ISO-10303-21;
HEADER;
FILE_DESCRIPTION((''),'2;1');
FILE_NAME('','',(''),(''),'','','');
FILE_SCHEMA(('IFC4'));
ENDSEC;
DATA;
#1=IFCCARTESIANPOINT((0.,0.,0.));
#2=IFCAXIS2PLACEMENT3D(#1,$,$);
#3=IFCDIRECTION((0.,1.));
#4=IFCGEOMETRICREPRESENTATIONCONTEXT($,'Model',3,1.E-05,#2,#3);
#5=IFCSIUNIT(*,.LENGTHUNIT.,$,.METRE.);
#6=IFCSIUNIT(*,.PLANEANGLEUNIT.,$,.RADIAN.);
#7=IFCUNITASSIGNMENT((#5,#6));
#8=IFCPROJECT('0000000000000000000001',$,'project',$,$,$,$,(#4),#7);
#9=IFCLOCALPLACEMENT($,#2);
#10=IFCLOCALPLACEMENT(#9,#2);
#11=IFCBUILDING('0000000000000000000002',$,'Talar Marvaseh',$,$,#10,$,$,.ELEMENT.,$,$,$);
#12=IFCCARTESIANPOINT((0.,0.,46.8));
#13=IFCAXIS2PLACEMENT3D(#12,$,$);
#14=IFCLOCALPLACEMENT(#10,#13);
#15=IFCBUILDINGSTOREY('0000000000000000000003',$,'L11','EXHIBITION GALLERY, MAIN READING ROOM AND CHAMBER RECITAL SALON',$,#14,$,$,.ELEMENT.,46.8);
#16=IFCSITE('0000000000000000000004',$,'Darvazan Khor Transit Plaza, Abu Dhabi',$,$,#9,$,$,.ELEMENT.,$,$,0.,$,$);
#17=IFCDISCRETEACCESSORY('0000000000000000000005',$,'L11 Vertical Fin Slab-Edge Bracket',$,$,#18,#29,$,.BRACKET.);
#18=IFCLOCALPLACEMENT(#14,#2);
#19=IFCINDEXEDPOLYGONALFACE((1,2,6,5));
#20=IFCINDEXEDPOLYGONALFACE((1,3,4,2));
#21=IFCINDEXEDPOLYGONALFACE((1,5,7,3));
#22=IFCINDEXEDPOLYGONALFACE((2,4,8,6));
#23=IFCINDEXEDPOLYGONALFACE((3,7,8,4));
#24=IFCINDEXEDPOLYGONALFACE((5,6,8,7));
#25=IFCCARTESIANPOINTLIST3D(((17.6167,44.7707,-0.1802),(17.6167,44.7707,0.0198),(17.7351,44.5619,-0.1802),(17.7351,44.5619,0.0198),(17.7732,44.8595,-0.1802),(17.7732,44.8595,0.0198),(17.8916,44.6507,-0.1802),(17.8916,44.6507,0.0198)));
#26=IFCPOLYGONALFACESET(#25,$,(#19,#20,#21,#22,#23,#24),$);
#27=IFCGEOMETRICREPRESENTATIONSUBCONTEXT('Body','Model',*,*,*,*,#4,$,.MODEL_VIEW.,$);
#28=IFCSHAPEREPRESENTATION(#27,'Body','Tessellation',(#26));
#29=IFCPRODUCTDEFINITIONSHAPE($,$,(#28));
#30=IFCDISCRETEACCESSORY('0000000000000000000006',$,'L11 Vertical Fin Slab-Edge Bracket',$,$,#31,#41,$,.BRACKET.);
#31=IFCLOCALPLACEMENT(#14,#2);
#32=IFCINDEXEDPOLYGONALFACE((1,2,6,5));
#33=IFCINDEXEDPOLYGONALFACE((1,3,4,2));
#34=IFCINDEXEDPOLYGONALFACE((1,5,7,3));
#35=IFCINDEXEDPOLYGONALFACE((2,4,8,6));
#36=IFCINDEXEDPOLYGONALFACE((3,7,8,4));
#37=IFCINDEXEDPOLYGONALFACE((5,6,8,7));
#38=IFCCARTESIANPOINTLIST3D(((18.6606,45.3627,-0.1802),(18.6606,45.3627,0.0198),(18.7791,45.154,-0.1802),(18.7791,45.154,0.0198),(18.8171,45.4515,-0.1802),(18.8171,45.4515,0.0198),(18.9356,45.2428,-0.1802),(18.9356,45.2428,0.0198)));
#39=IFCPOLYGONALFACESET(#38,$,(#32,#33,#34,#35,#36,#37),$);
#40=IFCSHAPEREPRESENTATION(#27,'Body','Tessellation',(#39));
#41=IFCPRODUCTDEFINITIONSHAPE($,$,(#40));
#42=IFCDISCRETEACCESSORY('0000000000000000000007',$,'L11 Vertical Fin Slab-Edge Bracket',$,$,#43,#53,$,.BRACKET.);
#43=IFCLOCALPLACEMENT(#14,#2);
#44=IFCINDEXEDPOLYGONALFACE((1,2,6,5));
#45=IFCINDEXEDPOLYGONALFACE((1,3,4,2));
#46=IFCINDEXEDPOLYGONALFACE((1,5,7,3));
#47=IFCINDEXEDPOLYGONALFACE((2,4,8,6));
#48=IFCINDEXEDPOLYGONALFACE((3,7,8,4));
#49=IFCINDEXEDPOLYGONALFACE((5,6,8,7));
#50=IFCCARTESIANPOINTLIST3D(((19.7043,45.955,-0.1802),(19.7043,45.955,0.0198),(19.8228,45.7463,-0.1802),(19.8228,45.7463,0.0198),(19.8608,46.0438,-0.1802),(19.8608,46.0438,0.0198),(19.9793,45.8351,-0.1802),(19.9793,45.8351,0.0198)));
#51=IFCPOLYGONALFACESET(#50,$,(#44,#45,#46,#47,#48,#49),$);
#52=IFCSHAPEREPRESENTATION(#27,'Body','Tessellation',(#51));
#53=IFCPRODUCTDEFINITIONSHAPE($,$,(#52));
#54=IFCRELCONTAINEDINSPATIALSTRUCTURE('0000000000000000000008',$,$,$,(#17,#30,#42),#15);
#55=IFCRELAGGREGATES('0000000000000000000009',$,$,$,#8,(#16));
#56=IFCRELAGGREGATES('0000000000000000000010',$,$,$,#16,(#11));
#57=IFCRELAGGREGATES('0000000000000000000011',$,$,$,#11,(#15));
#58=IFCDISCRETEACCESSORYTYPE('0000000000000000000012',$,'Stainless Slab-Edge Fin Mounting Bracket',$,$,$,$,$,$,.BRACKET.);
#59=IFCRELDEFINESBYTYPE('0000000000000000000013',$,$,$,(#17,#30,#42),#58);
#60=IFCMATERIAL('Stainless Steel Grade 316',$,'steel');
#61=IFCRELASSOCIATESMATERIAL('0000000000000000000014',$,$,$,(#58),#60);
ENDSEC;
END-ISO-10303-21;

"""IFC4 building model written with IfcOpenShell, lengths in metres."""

from ifc_helpers import new_model, si_unit, direction, frame, origin, origin_2d, place, context, subcontext, project, spatial, rectangle, extrude, source, transform, mapped, material, type_object, type_shapes, element, save


model = new_model("IFC4")

# Units and contexts
model_context = context("Model", 3, precision=1e-05, world=origin(), true_north=direction((0.0, 1.0)))
body_context = subcontext(model_context, "Body", "Model", "MODEL_VIEW")
ifc_project = project(units=[si_unit("LENGTHUNIT", "METRE"), si_unit("PLANEANGLEUNIT", "RADIAN")], contexts=[model_context])

# Site, building, storey
site_placement = place(None, origin())
site = spatial("IfcSite", under=ifc_project, at=site_placement, Name="Darvazan Khor Transit Plaza, Abu Dhabi", CompositionType="ELEMENT", RefElevation=0.0)
building_placement = place(site_placement, origin())
building = spatial("IfcBuilding", under=site, at=building_placement, Name="Talar Marvaseh", CompositionType="ELEMENT")
storey_placement = place(building_placement, frame((0.0, 0.0, 46.8)))
storey = spatial("IfcBuildingStorey", under=building, at=storey_placement, Name="L11", Description="EXHIBITION GALLERY, MAIN READING ROOM AND CHAMBER RECITAL SALON", CompositionType="ELEMENT", Elevation=46.8)

# Discrete accessories
ifc_material_1 = material(Name="Stainless Steel Grade 316", Category="steel")
discrete_accessory_type = type_object("IfcDiscreteAccessoryType", Name="Stainless Slab-Edge Fin Mounting Bracket", PredefinedType="BRACKET", material=ifc_material_1)
shared_shape_1 = source(origin(), body_context, "Body", "SweptSolid", [
    extrude(rectangle(XDim=0.24, YDim=0.1799, at=origin_2d()), origin(), (0.0, 0.0, 1.0), 0.2),
])
type_shapes(discrete_accessory_type, [shared_shape_1])
for number, where, z_axis, x_axis, name in (
    (1, (17.7542, 44.7107, -0.1802), (0.0, 0.0, 1.0), (-0.493487, 0.869753, 0.0), "L11 Vertical Fin Slab-Edge Bracket"),
    (2, (18.7981, 45.3027, -0.1802), (0.0, 0.0, 1.0), (-0.493487, 0.869753, 0.0), "L11 Vertical Fin Slab-Edge Bracket"),
    (3, (19.8418, 45.895, -0.1802), (0.0, 0.0, 1.0), (-0.493487, 0.869753, 0.0), "L11 Vertical Fin Slab-Edge Bracket"),
):
    element("IfcDiscreteAccessory", number, at=place(storey_placement, frame(where, z_axis=z_axis, x_axis=x_axis)), inside=storey, type_object=discrete_accessory_type, Name=name, PredefinedType="BRACKET", context=body_context, shape_type="MappedRepresentation", body=[
        mapped(shared_shape_1, transform((0.0, 0.0, 0.0), x_axis=(1.0, 0.0, 0.0), y_axis=(0.0, 1.0, 0.0), z_axis=(0.0, 0.0, 1.0), scale=1.0)),
    ])

save(model, "model.ifc")
